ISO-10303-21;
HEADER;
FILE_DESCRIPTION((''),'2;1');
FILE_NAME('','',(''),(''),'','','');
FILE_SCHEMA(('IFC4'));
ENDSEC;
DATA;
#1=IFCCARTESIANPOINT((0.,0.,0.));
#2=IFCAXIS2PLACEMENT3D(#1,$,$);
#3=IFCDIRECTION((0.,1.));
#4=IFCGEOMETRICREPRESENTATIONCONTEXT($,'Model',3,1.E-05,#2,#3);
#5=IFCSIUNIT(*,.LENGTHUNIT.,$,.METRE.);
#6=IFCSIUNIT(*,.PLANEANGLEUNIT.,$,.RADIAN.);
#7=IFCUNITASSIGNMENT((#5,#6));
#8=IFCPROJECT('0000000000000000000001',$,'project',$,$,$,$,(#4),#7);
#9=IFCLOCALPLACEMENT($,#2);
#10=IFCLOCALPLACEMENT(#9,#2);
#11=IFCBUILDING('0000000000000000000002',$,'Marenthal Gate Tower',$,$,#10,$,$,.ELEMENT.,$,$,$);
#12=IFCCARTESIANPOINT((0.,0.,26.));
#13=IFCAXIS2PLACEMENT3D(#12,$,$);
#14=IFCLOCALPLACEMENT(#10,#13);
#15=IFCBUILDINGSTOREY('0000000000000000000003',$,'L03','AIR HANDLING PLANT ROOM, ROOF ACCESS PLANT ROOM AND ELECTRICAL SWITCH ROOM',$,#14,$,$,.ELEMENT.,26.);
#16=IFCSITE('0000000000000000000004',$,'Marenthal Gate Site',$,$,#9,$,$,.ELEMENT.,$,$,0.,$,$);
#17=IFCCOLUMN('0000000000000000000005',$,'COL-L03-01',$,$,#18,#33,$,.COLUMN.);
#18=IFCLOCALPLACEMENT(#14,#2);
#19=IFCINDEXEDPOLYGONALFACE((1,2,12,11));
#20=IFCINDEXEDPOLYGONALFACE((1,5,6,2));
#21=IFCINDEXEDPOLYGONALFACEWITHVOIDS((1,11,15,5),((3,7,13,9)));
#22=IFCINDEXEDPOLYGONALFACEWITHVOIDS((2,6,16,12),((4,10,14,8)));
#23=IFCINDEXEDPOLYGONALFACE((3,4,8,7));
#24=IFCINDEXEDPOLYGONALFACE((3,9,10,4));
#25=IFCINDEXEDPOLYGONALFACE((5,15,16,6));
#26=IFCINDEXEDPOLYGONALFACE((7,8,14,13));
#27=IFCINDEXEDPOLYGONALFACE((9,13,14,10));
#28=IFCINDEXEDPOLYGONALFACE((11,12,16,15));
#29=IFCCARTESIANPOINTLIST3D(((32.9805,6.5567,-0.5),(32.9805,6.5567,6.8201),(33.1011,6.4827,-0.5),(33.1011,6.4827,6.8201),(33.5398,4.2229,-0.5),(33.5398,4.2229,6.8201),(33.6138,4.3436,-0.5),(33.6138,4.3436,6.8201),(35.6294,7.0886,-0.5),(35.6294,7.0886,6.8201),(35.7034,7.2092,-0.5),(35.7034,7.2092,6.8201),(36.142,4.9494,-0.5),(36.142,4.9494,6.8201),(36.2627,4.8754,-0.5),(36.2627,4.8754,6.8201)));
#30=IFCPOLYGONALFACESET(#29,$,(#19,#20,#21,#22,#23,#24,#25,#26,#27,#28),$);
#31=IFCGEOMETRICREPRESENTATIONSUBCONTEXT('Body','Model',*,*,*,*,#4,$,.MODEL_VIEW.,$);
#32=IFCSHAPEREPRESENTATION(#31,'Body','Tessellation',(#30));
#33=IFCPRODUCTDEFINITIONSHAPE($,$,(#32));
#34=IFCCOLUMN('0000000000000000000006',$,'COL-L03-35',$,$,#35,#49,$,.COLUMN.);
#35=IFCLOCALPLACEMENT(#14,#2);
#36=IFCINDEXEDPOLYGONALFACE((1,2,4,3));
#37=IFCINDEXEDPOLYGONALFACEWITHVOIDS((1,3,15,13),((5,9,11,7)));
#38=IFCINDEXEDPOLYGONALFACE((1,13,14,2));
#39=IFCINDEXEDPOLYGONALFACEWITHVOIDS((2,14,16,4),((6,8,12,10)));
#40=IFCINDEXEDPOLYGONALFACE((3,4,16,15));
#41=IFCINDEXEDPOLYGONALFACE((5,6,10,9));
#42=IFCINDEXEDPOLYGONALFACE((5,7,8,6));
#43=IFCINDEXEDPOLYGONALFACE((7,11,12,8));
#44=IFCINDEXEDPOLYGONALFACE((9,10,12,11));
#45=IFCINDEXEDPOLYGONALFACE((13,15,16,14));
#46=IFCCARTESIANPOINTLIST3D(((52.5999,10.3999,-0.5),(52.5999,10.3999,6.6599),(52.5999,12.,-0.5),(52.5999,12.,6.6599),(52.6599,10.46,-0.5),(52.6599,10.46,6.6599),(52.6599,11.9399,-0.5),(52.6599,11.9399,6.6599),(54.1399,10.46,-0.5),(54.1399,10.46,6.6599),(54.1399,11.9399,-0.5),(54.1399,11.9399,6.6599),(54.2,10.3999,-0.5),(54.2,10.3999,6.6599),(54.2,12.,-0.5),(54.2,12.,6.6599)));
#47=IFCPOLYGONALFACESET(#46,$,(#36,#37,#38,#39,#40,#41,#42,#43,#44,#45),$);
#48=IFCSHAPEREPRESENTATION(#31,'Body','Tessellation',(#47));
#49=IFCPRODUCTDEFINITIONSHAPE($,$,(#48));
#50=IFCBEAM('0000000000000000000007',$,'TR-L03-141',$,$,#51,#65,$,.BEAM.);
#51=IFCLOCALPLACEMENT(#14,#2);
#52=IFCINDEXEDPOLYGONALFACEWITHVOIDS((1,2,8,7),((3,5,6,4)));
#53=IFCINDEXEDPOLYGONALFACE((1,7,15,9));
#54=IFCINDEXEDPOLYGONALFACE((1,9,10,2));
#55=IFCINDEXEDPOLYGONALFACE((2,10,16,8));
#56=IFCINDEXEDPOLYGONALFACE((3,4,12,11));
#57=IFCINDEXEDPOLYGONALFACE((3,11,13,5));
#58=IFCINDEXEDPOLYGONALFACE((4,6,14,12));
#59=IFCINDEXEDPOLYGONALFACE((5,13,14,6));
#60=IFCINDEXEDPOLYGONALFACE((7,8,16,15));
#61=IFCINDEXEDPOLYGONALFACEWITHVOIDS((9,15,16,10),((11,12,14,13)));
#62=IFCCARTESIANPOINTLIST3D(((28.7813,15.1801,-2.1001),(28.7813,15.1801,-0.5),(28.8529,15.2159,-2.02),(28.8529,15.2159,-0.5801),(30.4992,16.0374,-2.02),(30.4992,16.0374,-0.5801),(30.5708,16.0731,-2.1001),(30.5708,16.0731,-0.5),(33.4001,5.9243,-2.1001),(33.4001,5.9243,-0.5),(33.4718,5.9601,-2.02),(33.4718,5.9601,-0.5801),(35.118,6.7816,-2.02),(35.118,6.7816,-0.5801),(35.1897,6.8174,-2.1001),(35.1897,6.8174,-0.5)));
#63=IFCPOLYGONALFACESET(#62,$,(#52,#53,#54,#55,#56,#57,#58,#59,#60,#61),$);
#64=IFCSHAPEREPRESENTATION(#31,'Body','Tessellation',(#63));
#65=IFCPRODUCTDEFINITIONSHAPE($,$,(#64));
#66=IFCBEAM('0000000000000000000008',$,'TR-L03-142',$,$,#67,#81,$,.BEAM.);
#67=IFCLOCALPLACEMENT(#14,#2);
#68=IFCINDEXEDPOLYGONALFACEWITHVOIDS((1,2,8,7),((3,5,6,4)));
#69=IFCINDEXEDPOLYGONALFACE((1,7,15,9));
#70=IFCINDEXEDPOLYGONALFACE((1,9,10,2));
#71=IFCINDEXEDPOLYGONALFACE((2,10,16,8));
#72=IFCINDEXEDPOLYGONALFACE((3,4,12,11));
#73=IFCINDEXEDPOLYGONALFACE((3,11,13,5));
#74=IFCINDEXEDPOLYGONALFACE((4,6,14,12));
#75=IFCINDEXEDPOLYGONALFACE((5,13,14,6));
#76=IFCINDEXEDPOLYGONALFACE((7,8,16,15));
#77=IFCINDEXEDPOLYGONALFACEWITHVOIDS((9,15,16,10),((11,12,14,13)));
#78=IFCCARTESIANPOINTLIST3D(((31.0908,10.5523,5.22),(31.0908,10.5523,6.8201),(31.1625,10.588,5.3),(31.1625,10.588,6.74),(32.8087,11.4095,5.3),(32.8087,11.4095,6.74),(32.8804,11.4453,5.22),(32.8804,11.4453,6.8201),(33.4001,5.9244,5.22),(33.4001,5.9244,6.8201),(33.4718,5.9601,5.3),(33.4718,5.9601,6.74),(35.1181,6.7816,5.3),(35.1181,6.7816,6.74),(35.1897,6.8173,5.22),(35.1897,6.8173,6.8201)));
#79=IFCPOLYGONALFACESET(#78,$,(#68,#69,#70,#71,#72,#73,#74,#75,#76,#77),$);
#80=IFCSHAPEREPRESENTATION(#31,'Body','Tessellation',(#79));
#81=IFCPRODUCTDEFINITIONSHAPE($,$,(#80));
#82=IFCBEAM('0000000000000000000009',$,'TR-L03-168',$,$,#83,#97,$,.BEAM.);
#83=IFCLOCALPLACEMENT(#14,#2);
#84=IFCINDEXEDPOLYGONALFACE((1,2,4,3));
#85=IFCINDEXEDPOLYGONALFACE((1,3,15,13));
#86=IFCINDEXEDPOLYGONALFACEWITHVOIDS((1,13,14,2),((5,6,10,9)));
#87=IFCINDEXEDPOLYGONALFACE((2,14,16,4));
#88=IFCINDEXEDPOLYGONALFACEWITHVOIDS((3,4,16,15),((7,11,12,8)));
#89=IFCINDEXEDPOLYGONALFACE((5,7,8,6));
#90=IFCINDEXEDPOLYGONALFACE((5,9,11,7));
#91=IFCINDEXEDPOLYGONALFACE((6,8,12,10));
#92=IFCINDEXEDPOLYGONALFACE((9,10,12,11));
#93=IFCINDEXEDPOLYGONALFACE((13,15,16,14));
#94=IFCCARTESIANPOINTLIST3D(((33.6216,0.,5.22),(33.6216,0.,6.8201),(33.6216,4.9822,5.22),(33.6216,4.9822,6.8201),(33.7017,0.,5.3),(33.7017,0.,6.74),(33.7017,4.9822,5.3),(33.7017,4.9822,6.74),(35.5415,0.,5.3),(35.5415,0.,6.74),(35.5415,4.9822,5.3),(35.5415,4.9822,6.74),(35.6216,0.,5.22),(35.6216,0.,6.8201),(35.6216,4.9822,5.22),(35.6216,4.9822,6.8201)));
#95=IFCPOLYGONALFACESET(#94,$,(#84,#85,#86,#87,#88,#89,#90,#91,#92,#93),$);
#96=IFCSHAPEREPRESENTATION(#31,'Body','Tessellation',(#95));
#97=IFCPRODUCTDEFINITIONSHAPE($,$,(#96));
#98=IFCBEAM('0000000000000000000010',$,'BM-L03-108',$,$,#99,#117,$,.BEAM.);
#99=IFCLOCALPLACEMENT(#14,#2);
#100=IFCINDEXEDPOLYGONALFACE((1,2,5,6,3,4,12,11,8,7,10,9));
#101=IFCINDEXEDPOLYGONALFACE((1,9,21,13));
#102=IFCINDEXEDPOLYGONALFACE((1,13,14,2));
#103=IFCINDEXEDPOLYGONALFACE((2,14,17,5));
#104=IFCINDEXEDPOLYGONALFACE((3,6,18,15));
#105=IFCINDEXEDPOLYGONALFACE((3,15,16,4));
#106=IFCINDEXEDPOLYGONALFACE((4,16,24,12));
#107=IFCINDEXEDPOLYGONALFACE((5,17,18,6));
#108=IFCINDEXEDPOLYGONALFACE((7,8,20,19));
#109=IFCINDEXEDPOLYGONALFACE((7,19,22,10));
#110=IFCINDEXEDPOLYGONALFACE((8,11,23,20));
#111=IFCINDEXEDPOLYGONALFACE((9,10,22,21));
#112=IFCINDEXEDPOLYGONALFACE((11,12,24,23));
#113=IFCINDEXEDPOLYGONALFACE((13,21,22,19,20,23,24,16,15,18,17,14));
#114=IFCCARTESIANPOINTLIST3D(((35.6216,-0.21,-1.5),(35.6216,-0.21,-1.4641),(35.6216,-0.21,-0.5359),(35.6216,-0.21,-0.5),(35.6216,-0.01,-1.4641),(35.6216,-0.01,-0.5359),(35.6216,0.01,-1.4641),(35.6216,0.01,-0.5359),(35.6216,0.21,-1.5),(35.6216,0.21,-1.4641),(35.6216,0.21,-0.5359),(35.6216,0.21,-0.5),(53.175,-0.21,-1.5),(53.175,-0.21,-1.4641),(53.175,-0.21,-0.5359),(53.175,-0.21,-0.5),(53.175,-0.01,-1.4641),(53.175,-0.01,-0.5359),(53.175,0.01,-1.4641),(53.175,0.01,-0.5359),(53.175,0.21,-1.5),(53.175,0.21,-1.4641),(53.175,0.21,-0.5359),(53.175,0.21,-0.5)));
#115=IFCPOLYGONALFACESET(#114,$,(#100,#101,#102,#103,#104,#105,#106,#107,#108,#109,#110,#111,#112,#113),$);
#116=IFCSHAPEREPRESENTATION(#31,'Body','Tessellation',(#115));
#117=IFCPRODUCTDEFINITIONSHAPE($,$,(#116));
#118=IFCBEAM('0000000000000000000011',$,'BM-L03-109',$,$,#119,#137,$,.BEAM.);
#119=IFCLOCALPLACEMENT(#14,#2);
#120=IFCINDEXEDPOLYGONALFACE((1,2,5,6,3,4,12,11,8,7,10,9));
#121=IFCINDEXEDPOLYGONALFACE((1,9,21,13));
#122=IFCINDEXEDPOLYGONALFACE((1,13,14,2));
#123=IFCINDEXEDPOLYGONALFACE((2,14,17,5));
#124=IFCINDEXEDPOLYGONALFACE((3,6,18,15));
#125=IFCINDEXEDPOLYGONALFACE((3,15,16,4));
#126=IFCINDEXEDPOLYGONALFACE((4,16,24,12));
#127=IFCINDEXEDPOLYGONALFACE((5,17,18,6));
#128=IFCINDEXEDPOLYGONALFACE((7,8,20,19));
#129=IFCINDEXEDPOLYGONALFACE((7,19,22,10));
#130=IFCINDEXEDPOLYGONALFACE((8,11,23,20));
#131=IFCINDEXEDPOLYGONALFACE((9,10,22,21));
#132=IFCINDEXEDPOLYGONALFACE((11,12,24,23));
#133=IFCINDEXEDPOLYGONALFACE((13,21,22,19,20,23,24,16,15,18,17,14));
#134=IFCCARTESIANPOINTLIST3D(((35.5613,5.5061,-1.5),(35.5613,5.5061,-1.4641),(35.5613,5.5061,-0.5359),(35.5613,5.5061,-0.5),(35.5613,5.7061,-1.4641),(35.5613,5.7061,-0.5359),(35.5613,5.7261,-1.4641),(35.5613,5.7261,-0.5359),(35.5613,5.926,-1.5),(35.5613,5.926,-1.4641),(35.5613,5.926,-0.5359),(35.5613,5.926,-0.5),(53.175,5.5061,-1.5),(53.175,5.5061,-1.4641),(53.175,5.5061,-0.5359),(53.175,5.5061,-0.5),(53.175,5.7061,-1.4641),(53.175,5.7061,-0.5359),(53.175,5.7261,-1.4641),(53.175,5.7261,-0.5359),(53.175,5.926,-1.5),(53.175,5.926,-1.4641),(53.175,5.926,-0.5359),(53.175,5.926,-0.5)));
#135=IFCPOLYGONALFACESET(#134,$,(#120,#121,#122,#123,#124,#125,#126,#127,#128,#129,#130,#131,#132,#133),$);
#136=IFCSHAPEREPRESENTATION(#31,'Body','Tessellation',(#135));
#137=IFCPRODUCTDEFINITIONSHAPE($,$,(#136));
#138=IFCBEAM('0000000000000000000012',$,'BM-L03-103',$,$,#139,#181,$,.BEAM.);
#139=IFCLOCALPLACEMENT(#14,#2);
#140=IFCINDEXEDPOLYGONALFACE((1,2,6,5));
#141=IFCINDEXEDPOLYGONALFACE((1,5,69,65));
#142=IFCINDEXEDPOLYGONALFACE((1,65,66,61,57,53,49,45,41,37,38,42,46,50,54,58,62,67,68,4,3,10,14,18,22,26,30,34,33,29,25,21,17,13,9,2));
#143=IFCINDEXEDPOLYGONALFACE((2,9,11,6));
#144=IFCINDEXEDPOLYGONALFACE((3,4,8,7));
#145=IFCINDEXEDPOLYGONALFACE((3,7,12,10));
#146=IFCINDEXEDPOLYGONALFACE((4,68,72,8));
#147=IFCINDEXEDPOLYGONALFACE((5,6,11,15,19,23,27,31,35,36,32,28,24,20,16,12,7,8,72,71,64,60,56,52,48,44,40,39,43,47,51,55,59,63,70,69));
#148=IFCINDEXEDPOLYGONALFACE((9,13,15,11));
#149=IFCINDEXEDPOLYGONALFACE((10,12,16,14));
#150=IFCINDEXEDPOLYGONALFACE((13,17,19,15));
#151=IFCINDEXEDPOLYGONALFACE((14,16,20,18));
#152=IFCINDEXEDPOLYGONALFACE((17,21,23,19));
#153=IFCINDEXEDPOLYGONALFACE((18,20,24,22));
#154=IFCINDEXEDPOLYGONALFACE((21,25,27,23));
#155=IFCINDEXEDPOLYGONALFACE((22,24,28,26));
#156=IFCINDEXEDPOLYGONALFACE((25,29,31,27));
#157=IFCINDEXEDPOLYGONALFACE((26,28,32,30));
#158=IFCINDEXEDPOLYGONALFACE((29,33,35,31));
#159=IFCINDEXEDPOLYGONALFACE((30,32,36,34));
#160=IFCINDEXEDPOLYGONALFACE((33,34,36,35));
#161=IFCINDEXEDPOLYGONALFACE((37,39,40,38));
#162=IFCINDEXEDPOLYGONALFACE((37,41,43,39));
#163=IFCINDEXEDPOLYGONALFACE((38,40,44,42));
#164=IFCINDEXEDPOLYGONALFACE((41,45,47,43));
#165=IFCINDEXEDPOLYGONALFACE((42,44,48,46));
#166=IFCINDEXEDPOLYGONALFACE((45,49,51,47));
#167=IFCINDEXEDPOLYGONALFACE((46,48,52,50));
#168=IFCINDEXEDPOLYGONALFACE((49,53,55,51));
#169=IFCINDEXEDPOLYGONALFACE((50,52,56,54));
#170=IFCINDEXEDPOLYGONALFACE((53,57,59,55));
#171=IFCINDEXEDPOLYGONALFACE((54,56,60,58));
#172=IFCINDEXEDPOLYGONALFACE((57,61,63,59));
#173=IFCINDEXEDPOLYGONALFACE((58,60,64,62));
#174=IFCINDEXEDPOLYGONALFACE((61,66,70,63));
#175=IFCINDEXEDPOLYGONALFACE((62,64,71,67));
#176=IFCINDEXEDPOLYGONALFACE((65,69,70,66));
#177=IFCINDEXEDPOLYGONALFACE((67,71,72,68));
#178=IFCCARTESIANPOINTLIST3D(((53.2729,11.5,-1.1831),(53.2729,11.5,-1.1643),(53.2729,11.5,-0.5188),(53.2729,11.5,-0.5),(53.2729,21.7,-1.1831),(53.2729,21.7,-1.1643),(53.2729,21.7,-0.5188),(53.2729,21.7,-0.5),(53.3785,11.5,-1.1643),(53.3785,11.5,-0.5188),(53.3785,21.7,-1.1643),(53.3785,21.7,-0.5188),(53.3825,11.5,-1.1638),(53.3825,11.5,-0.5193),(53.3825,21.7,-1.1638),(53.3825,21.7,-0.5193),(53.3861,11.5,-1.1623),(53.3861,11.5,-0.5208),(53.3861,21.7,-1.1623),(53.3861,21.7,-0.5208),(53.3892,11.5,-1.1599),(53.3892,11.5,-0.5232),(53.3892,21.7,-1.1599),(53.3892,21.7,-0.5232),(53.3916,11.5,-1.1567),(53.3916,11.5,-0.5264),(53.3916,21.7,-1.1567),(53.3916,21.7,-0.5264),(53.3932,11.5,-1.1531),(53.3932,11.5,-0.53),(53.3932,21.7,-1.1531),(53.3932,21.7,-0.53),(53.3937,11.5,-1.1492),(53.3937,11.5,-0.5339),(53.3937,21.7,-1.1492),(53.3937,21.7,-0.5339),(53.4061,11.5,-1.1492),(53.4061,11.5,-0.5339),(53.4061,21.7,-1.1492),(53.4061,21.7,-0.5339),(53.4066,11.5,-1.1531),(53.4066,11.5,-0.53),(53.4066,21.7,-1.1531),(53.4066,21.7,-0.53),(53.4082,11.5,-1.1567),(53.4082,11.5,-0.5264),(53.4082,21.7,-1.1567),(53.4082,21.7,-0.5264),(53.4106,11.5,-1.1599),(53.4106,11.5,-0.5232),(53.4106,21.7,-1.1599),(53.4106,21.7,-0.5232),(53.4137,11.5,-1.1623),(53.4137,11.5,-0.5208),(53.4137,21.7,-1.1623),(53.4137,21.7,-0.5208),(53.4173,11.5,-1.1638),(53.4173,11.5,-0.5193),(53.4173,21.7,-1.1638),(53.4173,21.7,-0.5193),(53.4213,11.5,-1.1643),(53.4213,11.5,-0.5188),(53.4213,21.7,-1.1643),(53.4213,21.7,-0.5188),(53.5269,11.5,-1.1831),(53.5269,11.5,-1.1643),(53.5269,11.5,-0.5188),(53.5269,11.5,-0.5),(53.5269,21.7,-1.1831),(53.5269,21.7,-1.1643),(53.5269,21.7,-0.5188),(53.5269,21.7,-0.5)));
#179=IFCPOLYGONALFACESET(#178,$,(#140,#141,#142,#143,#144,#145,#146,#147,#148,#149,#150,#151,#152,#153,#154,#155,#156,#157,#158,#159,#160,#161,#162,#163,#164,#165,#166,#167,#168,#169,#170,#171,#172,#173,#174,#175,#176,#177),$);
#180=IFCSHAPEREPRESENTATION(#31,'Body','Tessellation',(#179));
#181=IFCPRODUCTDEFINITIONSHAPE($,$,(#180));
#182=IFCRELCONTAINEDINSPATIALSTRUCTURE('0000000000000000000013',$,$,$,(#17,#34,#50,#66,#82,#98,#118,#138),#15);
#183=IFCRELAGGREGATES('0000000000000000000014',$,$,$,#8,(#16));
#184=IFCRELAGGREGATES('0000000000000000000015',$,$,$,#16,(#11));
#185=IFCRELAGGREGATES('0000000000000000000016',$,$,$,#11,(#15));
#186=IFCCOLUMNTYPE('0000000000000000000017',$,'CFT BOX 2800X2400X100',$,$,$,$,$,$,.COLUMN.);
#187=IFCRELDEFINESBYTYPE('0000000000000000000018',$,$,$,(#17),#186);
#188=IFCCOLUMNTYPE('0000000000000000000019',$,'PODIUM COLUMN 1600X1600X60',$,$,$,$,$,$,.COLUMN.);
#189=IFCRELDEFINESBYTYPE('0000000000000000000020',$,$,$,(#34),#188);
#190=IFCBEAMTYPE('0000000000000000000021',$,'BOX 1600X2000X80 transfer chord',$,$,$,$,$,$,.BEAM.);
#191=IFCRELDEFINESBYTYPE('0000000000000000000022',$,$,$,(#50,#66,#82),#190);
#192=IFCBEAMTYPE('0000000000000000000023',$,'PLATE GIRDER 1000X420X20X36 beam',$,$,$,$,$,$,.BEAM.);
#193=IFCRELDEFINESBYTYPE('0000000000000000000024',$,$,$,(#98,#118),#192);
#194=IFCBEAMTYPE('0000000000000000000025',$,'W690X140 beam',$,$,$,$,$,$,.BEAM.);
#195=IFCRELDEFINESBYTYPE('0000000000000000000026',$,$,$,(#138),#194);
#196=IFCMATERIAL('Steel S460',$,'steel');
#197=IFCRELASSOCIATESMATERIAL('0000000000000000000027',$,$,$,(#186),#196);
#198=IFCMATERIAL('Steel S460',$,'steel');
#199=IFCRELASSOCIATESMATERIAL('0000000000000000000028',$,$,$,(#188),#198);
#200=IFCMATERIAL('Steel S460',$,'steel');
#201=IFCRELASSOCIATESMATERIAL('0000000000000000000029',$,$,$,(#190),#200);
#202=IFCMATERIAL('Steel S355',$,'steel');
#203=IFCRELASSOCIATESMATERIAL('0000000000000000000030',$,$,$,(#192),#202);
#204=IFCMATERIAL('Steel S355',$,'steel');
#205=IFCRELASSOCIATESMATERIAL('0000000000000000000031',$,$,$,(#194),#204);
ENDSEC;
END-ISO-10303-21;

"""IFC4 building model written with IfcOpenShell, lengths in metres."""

from ifc_helpers import new_model, si_unit, direction, frame, origin, origin_2d, place, context, subcontext, project, spatial, rectangle, hollow_rectangle, i_section, extrude, material, material_profile, profile_set, type_object, element, save


model = new_model("IFC4")

# Units and contexts
model_context = context("Model", 3, precision=1e-05, world=origin(), true_north=direction((0.0, 1.0)))
body_context = subcontext(model_context, "Body", "Model", "MODEL_VIEW")
ifc_project = project(units=[si_unit("LENGTHUNIT", "METRE"), si_unit("PLANEANGLEUNIT", "RADIAN")], contexts=[model_context])

# Site, building, storey
site_placement = place(None, origin())
site = spatial("IfcSite", under=ifc_project, at=site_placement, Name="Marenthal Gate Site", CompositionType="ELEMENT", RefElevation=0.0)
building_placement = place(site_placement, origin())
building = spatial("IfcBuilding", under=site, at=building_placement, Name="Marenthal Gate Tower", CompositionType="ELEMENT")
storey_placement = place(building_placement, frame((0.0, 0.0, 26.0)))
storey = spatial("IfcBuildingStorey", under=building, at=storey_placement, Name="L03", Description="AIR HANDLING PLANT ROOM, ROOF ACCESS PLANT ROOM AND ELECTRICAL SWITCH ROOM", CompositionType="ELEMENT", Elevation=26.0)

# Columns
ifc_material_1 = material(Name="Steel S460", Category="steel")
ifc_material_profile_1 = material_profile(ifc_material_1, hollow_rectangle(XDim=2.3999, YDim=2.8, WallThickness=0.1001, at=origin_2d()), Name="CFT BOX 2800X2400X100")
ifc_material_2 = material(Name="Concrete 70 MPa", Category="concrete")
ifc_material_profile_2 = material_profile(ifc_material_2, rectangle(XDim=2.2, YDim=2.6001, at=origin_2d()), Name="CFT BOX 2800X2400X100 INFILL")
ifc_profile_set_1 = profile_set([ifc_material_profile_1, ifc_material_profile_2], Name="Steel S460 shell, Concrete 70 MPa infill")
column_type_1 = type_object("IfcColumnType", Name="CFT BOX 2800X2400X100", PredefinedType="COLUMN", material=ifc_profile_set_1)
column_1_placement = place(storey_placement, frame((34.6216, 5.7161, -0.5), z_axis=(0.0, 0.0, 1.0), x_axis=(0.233047, -0.972466, 0.0)))
element("IfcColumn", 1, at=column_1_placement, inside=storey, type_object=column_type_1, Name="COL-L03-01", PredefinedType="COLUMN", context=body_context, shape_type="SweptSolid", body=[
    extrude(hollow_rectangle(XDim=2.3999, YDim=2.8, WallThickness=0.1001, at=origin_2d()), origin(), (0.0, 0.0, 1.0), 7.3201),
])
ifc_material_3 = material(Name="Steel S460", Category="steel")
ifc_material_profile_3 = material_profile(ifc_material_3, hollow_rectangle(XDim=1.6001, YDim=1.6001, WallThickness=0.0601, at=origin_2d()), Name="CFT BOX 1600X1600X60")
ifc_material_4 = material(Name="Concrete 70 MPa", Category="concrete")
ifc_material_profile_4 = material_profile(ifc_material_4, rectangle(XDim=1.48, YDim=1.48, at=origin_2d()), Name="CFT BOX 1600X1600X60 INFILL")
ifc_profile_set_2 = profile_set([ifc_material_profile_3, ifc_material_profile_4], Name="Steel S460 shell, Concrete 70 MPa infill")
column_type_2 = type_object("IfcColumnType", Name="PODIUM COLUMN 1600X1600X60", PredefinedType="COLUMN", material=ifc_profile_set_2)
column_2_placement = place(storey_placement, frame((53.3999, 11.2, -0.5), z_axis=(0.0, 0.0, 1.0), x_axis=(1.0, 0.0, 0.0)))
element("IfcColumn", 2, at=column_2_placement, inside=storey, type_object=column_type_2, Name="COL-L03-35", PredefinedType="COLUMN", context=body_context, shape_type="SweptSolid", body=[
    extrude(hollow_rectangle(XDim=1.6001, YDim=1.6001, WallThickness=0.0601, at=origin_2d()), origin(), (0.0, 0.0, 1.0), 7.1599),
])

# Beams
ifc_material_5 = material(Name="Steel S460", Category="steel")
ifc_material_profile_5 = material_profile(ifc_material_5, hollow_rectangle(XDim=2.0, YDim=1.6001, WallThickness=0.0801, at=origin_2d()), Name="BOX 1600X2000X80")
ifc_profile_set_3 = profile_set([ifc_material_profile_5], Name="Steel S460")
beam_type_1 = type_object("IfcBeamType", Name="BOX 1600X2000X80 transfer chord", PredefinedType="BEAM", material=ifc_profile_set_3)
beam_1_placement = place(storey_placement, frame((34.2949, 6.3708, -1.3), z_axis=(-0.446515, 0.894776, 0.0), x_axis=(-0.894776, -0.446515, 0.0)))
element("IfcBeam", 3, at=beam_1_placement, inside=storey, type_object=beam_type_1, Name="TR-L03-141", PredefinedType="BEAM", context=body_context, shape_type="SweptSolid", body=[
    extrude(hollow_rectangle(XDim=2.0, YDim=1.6001, WallThickness=0.0801, at=origin_2d()), origin(), (0.0, 0.0, 1.0), 10.3442),
])
beam_2_placement = place(storey_placement, frame((34.2949, 6.3708, 6.02), z_axis=(-0.446496, 0.894786, 0.0), x_axis=(-0.894786, -0.446496, 0.0)))
element("IfcBeam", 4, at=beam_2_placement, inside=storey, type_object=beam_type_1, Name="TR-L03-142", PredefinedType="BEAM", context=body_context, shape_type="SweptSolid", body=[
    extrude(hollow_rectangle(XDim=2.0, YDim=1.6001, WallThickness=0.0801, at=origin_2d()), origin(), (0.0, 0.0, 1.0), 5.1721),
])
beam_3_placement = place(storey_placement, frame((34.6216, 0.0, 6.02), z_axis=(0.0, 1.0, 0.0), x_axis=(-1.0, 0.0, 0.0)))
element("IfcBeam", 5, at=beam_3_placement, inside=storey, type_object=beam_type_1, Name="TR-L03-168", PredefinedType="BEAM", context=body_context, shape_type="SweptSolid", body=[
    extrude(hollow_rectangle(XDim=2.0, YDim=1.6001, WallThickness=0.0801, at=origin_2d()), origin(), (0.0, 0.0, 1.0), 4.9822),
])
ifc_material_6 = material(Name="Steel S355", Category="steel")
ifc_material_profile_6 = material_profile(ifc_material_6, i_section(OverallWidth=0.4199, OverallDepth=1.0, WebThickness=0.02, FlangeThickness=0.0359, at=origin_2d()), Name="PLATE GIRDER 1000X420X20X36")
ifc_profile_set_4 = profile_set([ifc_material_profile_6], Name="Steel S355")
beam_type_2 = type_object("IfcBeamType", Name="PLATE GIRDER 1000X420X20X36 beam", PredefinedType="BEAM", material=ifc_profile_set_4)
beam_4_placement = place(storey_placement, frame((35.6216, 0.0, -1.0), z_axis=(1.0, 0.0, 0.0), x_axis=(0.0, 1.0, 0.0)))
element("IfcBeam", 6, at=beam_4_placement, inside=storey, type_object=beam_type_2, Name="BM-L03-108", PredefinedType="BEAM", context=body_context, shape_type="SweptSolid", body=[
    extrude(i_section(OverallWidth=0.4199, OverallDepth=1.0, WebThickness=0.02, FlangeThickness=0.0359, at=origin_2d()), origin(), (0.0, 0.0, 1.0), 17.5535),
])
beam_5_placement = place(storey_placement, frame((35.5613, 5.7161, -1.0), z_axis=(1.0, 0.0, 0.0), x_axis=(0.0, 1.0, 0.0)))
element("IfcBeam", 7, at=beam_5_placement, inside=storey, type_object=beam_type_2, Name="BM-L03-109", PredefinedType="BEAM", context=body_context, shape_type="SweptSolid", body=[
    extrude(i_section(OverallWidth=0.4199, OverallDepth=1.0, WebThickness=0.02, FlangeThickness=0.0359, at=origin_2d()), origin(), (0.0, 0.0, 1.0), 17.6138),
])
ifc_material_7 = material(Name="Steel S355", Category="steel")
ifc_material_profile_7 = material_profile(ifc_material_7, i_section(OverallWidth=0.2539, OverallDepth=0.6831, WebThickness=0.0125, FlangeThickness=0.0188, FilletRadius=0.0151, at=origin_2d()), Name="W690X140")
ifc_profile_set_5 = profile_set([ifc_material_profile_7], Name="Steel S355")
beam_type_3 = type_object("IfcBeamType", Name="W690X140 beam", PredefinedType="BEAM", material=ifc_profile_set_5)
beam_6_placement = place(storey_placement, frame((53.3999, 11.5, -0.8416), z_axis=(0.0, 1.0, 0.0), x_axis=(-1.0, 0.0, 0.0)))
element("IfcBeam", 8, at=beam_6_placement, inside=storey, type_object=beam_type_3, Name="BM-L03-103", PredefinedType="BEAM", context=body_context, shape_type="SweptSolid", body=[
    extrude(i_section(OverallWidth=0.2539, OverallDepth=0.6831, WebThickness=0.0125, FlangeThickness=0.0188, FilletRadius=0.0151, at=origin_2d()), origin(), (0.0, 0.0, 1.0), 10.2),
])

save(model, "model.ifc")
